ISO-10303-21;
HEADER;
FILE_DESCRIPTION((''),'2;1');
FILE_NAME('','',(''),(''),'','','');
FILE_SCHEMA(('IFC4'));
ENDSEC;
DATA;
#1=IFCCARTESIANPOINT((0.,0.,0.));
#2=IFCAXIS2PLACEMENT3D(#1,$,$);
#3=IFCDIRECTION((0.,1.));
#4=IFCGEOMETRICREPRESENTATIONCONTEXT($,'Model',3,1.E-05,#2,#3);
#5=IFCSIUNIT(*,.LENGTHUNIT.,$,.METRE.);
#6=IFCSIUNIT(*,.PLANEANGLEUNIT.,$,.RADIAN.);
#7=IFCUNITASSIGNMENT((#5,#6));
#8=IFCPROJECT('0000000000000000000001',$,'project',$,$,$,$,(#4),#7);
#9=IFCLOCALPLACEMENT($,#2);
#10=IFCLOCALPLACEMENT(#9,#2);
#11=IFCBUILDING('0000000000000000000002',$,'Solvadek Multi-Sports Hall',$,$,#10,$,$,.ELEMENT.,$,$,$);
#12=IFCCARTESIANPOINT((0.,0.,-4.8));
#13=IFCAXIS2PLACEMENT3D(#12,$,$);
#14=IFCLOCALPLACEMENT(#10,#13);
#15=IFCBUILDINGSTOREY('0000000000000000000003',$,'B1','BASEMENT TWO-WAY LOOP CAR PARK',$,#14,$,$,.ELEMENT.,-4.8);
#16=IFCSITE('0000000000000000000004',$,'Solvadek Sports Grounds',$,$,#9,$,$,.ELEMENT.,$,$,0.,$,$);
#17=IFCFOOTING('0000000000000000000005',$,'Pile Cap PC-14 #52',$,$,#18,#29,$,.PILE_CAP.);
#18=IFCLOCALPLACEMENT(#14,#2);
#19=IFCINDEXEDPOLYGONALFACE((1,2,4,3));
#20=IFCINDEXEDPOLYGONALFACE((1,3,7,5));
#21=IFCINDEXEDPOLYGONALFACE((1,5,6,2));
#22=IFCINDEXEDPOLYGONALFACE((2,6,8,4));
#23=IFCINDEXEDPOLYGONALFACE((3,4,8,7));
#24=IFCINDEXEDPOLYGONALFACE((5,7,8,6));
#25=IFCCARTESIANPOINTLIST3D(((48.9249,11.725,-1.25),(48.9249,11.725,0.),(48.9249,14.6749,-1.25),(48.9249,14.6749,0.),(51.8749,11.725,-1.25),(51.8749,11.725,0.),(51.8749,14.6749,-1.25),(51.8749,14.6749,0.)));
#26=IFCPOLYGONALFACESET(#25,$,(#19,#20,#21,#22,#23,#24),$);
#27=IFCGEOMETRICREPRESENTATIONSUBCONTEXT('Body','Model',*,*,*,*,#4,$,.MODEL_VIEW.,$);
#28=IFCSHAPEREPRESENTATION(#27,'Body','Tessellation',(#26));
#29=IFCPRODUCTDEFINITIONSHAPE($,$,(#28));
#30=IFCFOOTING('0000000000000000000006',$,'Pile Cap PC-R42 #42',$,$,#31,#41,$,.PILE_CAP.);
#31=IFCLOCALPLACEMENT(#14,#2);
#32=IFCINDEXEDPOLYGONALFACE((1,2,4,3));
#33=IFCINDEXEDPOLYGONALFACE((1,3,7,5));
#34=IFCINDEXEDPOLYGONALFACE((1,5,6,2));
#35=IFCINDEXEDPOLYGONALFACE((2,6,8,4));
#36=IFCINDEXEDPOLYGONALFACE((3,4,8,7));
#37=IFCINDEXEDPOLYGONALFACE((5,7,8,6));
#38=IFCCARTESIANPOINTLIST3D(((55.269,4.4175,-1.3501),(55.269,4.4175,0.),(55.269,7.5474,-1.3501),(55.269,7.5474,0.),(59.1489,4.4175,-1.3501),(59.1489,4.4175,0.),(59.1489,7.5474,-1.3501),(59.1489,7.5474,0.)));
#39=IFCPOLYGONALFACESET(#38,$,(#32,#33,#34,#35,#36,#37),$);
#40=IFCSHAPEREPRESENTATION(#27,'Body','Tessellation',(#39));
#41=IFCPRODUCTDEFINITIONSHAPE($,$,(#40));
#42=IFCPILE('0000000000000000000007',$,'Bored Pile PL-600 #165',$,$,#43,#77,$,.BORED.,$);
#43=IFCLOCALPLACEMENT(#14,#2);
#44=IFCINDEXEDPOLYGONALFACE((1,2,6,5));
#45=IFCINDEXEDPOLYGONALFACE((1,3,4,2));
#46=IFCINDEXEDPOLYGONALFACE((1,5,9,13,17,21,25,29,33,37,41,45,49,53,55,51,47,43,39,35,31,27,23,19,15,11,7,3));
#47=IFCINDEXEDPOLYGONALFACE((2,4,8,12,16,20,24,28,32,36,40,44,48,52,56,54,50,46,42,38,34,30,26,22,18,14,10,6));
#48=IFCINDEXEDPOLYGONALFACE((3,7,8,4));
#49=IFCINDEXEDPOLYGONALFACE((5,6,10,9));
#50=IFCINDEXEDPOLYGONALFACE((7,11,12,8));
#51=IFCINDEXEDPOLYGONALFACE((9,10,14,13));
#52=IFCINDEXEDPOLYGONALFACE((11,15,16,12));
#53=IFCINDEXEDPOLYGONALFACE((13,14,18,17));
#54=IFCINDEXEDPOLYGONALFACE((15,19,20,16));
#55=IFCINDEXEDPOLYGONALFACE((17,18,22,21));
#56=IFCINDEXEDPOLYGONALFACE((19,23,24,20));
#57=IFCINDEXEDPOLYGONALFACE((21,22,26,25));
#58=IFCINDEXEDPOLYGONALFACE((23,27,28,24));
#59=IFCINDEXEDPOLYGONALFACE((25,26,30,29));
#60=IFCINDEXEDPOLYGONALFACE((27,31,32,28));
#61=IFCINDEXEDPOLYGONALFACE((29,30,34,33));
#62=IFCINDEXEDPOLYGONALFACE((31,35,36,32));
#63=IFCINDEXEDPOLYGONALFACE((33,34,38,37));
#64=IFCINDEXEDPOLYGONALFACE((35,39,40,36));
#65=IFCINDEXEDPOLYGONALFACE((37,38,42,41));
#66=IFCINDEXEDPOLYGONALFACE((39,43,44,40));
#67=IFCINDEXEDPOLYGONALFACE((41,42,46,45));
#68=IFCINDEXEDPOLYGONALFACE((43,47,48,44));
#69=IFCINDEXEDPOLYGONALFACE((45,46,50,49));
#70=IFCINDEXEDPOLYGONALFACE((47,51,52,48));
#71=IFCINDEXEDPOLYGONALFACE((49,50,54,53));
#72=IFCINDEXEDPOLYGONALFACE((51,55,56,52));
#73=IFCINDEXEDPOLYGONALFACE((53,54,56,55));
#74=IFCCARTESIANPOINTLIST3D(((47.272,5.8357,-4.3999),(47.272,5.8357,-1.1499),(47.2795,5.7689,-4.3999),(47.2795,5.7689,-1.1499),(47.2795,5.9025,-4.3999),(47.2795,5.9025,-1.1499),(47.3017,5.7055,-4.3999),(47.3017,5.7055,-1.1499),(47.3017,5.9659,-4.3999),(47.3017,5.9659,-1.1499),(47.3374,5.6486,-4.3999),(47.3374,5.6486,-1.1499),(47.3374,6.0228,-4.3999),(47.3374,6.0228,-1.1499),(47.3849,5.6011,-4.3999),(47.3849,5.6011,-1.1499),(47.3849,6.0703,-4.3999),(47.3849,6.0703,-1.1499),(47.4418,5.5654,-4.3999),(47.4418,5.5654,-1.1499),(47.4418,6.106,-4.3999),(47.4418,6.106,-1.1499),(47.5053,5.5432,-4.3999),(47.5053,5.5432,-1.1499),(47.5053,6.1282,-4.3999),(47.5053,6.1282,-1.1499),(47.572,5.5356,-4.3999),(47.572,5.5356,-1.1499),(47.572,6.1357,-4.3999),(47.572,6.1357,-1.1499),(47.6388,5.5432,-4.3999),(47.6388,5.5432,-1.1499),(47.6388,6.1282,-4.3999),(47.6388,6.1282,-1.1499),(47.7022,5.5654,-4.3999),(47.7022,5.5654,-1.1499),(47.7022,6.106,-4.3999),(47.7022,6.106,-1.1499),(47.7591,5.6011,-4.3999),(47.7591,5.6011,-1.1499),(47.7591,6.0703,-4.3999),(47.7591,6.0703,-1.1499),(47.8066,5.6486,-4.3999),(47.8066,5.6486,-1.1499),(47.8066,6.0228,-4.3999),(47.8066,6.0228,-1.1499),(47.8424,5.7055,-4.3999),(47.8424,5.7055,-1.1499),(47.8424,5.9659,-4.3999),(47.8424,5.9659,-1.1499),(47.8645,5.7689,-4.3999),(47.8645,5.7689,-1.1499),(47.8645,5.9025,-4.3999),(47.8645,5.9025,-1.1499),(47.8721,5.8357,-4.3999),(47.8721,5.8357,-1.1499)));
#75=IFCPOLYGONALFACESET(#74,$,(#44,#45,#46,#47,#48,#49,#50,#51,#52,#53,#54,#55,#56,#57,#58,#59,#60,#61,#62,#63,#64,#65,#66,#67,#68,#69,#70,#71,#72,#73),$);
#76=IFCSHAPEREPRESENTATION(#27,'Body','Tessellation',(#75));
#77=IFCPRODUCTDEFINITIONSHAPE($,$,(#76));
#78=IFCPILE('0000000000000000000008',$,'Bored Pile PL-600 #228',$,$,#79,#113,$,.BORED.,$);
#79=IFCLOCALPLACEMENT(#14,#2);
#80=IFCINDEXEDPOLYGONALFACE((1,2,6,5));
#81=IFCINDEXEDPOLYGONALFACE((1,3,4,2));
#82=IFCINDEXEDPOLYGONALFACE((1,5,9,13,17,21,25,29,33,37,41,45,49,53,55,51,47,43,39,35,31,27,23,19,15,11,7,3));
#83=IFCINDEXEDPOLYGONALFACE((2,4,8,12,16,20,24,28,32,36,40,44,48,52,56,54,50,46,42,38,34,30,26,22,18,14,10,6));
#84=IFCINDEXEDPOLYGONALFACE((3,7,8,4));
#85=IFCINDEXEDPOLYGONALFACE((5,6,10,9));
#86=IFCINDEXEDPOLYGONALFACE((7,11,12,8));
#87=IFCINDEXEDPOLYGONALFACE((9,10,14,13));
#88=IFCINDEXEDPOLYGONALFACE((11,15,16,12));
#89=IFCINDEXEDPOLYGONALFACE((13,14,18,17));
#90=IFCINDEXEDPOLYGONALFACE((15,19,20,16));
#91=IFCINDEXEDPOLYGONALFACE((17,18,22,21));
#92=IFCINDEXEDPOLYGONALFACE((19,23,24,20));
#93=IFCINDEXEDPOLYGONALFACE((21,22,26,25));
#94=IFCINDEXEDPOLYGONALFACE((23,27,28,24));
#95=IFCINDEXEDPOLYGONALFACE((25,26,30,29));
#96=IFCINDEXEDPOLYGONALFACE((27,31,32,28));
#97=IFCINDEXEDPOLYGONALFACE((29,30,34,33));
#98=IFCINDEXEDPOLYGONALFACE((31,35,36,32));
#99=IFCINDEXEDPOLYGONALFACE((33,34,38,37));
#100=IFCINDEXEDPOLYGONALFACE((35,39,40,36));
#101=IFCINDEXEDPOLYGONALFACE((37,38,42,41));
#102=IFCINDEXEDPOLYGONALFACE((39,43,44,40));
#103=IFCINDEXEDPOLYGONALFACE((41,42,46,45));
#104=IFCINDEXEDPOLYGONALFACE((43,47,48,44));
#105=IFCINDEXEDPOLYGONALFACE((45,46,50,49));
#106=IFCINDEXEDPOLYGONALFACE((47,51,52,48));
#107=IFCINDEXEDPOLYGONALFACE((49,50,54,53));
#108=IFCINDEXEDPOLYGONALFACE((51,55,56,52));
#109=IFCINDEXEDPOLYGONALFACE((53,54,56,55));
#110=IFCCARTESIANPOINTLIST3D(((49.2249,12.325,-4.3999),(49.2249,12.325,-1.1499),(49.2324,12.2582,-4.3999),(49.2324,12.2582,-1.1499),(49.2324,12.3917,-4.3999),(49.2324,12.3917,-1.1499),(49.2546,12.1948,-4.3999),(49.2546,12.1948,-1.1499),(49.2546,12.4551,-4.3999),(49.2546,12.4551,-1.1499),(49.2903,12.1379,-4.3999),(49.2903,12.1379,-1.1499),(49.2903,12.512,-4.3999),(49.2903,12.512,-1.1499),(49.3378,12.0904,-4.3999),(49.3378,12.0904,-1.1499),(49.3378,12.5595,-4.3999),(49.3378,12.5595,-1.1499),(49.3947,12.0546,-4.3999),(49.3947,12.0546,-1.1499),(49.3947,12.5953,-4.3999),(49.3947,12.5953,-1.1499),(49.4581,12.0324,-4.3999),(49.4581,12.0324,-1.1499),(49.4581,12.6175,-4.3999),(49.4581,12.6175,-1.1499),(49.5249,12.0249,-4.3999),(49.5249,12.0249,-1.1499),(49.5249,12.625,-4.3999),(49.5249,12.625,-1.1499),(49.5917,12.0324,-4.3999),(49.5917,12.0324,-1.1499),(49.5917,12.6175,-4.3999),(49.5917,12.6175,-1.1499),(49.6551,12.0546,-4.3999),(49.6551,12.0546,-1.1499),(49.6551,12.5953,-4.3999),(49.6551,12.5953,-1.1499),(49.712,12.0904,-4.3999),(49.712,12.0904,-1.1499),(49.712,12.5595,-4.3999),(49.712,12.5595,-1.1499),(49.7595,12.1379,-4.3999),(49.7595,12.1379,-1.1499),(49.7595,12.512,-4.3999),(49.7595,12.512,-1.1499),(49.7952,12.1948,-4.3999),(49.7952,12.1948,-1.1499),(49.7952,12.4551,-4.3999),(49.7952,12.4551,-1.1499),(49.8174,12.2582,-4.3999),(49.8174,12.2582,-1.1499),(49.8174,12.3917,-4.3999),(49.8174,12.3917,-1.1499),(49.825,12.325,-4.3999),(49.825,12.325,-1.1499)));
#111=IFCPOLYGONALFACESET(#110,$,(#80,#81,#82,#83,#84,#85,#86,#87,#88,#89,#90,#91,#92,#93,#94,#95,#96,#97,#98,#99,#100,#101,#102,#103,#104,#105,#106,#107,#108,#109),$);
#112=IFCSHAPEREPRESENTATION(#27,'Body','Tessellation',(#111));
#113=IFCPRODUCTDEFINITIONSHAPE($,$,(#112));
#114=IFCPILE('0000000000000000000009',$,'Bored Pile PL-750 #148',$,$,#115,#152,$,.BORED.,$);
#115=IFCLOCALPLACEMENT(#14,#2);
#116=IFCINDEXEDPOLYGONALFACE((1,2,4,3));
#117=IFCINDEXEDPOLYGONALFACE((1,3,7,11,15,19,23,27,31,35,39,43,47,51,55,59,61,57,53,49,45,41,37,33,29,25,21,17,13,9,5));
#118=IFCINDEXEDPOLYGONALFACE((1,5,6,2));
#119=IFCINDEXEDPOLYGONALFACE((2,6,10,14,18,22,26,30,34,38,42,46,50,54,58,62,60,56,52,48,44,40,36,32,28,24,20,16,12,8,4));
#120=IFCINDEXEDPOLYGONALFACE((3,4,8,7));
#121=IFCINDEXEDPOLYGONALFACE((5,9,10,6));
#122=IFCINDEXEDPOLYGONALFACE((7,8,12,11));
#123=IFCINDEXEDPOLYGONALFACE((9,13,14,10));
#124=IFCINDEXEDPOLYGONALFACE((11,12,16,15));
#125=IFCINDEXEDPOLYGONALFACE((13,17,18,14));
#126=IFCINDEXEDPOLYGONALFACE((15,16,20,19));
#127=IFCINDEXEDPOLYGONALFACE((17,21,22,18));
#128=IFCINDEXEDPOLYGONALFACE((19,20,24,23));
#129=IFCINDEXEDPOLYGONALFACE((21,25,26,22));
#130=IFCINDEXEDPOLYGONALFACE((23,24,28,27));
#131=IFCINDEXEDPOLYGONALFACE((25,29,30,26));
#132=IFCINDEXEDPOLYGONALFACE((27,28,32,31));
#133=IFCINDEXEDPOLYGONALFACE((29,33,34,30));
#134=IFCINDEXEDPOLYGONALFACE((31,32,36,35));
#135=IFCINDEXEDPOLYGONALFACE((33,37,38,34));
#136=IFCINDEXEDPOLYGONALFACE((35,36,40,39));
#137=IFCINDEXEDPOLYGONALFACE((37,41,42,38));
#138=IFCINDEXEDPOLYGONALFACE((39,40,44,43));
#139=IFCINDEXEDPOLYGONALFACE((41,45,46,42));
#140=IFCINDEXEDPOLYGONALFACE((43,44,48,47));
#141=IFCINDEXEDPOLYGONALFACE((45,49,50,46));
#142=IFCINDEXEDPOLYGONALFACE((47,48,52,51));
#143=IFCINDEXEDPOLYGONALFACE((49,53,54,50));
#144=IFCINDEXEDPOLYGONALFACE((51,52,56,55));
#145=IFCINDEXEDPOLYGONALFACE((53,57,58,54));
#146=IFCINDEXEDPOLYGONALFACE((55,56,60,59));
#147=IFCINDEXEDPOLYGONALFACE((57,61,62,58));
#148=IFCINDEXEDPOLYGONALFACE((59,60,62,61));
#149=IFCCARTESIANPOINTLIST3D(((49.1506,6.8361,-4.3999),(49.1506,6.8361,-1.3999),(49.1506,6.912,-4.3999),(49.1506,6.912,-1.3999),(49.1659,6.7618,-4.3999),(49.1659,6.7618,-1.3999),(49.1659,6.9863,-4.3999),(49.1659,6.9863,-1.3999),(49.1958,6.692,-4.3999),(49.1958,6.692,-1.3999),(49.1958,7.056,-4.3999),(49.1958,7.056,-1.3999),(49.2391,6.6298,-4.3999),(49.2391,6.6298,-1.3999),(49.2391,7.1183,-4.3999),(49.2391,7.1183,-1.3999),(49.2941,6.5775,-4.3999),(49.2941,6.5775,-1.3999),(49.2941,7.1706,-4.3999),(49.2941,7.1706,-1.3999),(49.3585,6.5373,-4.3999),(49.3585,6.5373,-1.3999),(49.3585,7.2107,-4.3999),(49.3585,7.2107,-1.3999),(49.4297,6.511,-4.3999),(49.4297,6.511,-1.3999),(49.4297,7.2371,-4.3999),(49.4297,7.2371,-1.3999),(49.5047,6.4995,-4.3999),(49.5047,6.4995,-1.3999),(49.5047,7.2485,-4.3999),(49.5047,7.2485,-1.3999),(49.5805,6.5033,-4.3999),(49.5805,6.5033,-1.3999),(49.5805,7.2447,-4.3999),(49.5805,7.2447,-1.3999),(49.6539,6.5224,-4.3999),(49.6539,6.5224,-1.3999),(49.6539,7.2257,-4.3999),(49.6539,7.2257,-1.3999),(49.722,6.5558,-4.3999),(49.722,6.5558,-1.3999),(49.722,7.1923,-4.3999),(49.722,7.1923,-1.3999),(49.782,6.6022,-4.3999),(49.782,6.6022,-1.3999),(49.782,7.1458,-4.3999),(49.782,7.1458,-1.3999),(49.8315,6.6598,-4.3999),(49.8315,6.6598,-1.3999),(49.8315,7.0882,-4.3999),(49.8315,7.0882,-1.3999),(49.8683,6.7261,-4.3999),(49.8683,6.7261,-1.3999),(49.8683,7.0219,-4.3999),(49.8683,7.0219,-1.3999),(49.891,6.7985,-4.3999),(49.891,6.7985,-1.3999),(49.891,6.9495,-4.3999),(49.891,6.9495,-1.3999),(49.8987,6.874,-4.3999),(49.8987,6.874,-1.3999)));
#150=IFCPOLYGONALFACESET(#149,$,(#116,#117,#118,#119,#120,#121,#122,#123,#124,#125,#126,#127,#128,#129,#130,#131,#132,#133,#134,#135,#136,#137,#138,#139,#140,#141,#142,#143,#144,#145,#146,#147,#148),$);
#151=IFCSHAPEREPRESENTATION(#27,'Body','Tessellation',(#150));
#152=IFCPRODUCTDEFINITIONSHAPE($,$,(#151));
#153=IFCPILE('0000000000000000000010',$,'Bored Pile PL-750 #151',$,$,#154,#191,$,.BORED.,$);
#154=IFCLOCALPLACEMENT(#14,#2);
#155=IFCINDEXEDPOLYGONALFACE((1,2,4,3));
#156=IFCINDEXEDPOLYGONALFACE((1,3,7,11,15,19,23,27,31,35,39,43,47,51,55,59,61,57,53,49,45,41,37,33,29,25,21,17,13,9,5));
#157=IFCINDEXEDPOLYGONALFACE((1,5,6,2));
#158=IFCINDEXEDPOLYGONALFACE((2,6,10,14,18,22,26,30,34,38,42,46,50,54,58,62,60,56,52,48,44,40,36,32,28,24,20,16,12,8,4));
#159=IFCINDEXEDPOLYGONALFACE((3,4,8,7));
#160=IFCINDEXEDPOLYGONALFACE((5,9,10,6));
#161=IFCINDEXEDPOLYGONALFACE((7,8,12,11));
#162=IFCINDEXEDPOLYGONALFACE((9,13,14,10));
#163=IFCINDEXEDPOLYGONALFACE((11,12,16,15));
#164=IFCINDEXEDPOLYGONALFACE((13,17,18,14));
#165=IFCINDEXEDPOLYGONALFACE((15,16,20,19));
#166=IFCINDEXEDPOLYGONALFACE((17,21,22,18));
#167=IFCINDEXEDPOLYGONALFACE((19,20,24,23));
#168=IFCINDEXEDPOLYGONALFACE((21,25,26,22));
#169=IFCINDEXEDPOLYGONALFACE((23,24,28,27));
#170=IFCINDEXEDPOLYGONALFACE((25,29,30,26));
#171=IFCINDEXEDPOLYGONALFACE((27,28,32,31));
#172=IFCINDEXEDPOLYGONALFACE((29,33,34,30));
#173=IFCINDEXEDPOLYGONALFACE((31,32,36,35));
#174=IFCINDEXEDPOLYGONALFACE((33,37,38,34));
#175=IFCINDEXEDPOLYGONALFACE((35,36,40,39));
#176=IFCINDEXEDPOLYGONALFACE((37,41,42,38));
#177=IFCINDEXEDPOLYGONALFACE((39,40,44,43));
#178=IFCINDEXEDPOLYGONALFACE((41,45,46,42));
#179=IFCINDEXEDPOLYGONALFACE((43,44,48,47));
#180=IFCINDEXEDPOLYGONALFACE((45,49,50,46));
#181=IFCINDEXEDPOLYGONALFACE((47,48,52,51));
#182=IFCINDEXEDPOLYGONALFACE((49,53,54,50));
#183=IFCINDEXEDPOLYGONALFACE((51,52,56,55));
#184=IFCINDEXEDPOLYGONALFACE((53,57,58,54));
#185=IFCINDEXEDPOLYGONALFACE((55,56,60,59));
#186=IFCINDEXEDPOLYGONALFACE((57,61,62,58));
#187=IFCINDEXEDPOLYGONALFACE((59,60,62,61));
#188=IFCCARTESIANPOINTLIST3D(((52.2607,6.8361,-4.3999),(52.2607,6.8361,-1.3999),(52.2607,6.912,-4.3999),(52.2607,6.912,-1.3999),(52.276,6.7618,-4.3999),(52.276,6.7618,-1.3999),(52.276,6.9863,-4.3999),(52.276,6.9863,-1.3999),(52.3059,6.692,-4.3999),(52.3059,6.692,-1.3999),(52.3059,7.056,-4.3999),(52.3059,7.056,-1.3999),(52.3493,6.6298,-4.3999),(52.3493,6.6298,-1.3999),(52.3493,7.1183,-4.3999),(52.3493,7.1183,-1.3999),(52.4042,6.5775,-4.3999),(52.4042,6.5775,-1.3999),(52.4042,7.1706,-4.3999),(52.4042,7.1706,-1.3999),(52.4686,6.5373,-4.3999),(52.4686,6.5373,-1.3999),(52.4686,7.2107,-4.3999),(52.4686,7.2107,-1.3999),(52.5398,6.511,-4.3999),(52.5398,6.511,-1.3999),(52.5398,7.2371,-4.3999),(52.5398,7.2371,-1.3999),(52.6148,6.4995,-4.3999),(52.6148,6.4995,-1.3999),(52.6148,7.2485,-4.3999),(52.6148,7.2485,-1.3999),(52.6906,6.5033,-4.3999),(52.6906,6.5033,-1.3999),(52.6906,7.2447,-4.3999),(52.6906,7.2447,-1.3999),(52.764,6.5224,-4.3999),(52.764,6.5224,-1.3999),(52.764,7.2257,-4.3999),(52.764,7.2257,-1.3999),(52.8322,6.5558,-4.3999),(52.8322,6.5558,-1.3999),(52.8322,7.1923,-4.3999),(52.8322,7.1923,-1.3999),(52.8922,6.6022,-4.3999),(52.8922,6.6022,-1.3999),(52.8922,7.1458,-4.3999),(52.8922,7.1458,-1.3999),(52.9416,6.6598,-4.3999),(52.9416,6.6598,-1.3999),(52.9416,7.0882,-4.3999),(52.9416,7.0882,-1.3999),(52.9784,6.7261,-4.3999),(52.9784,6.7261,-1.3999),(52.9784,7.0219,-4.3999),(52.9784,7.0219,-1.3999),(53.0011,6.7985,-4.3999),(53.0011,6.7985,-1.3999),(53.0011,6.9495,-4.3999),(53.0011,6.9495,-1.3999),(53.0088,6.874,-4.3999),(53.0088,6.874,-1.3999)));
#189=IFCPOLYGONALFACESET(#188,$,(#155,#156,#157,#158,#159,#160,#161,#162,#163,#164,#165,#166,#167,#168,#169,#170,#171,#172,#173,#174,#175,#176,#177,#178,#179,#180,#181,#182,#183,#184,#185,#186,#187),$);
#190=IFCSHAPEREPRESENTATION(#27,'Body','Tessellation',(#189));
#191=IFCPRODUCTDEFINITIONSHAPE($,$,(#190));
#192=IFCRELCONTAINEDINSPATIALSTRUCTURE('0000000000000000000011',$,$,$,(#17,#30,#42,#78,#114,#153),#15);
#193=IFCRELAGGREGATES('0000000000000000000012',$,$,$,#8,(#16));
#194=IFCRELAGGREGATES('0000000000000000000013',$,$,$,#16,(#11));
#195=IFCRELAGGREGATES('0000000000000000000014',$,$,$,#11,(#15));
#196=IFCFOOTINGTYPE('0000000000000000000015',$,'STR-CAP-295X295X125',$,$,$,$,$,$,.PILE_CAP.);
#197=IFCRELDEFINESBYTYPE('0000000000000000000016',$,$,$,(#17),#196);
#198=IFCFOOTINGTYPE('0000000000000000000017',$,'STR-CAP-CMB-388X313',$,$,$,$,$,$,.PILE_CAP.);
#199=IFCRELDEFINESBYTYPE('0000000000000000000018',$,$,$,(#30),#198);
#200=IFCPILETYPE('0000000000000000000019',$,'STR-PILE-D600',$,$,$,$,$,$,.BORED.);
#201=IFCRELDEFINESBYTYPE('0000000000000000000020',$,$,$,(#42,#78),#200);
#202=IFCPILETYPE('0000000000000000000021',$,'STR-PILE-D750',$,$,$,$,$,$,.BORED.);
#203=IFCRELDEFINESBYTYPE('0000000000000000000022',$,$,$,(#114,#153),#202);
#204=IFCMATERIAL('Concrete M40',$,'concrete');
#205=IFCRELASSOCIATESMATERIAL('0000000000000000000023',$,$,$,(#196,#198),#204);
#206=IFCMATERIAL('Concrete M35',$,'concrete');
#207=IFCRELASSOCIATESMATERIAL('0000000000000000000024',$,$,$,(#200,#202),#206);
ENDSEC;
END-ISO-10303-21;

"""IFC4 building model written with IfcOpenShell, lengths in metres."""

from ifc_helpers import new_model, si_unit, direction, frame, origin, origin_2d, place, context, subcontext, project, spatial, rectangle, circle, extrude, material, material_profile, profile_set, type_object, element, save


model = new_model("IFC4")

# Units and contexts
model_context = context("Model", 3, precision=1e-05, world=origin(), true_north=direction((0.0, 1.0)))
body_context = subcontext(model_context, "Body", "Model", "MODEL_VIEW")
ifc_project = project(units=[si_unit("LENGTHUNIT", "METRE"), si_unit("PLANEANGLEUNIT", "RADIAN")], contexts=[model_context])

# Site, building, storey
site_placement = place(None, origin())
site = spatial("IfcSite", under=ifc_project, at=site_placement, Name="Solvadek Sports Grounds", CompositionType="ELEMENT", RefElevation=0.0)
building_placement = place(site_placement, origin())
building = spatial("IfcBuilding", under=site, at=building_placement, Name="Solvadek Multi-Sports Hall", CompositionType="ELEMENT")
storey_placement = place(building_placement, frame((0.0, 0.0, -4.8)))
storey = spatial("IfcBuildingStorey", under=building, at=storey_placement, Name="B1", Description="BASEMENT TWO-WAY LOOP CAR PARK", CompositionType="ELEMENT", Elevation=-4.8)

# Footings
ifc_material_1 = material(Name="Concrete M40", Category="concrete")
footing_type_1 = type_object("IfcFootingType", Name="STR-CAP-295X295X125", PredefinedType="PILE_CAP", material=ifc_material_1)
footing_1_placement = place(storey_placement, frame((50.3999, 13.2, -1.25), z_axis=(0.0, 0.0, 1.0), x_axis=(1.0, 0.0, 0.0)))
element("IfcFooting", 1, at=footing_1_placement, inside=storey, type_object=footing_type_1, Name="Pile Cap PC-14 #52", PredefinedType="PILE_CAP", context=body_context, shape_type="SweptSolid", body=[
    extrude(rectangle(XDim=2.95, YDim=2.95, at=origin_2d()), origin(), (0.0, 0.0, 1.0), 1.25),
])
footing_type_2 = type_object("IfcFootingType", Name="STR-CAP-CMB-388X313", PredefinedType="PILE_CAP", material=ifc_material_1)
footing_2_placement = place(storey_placement, frame((57.209, 5.9824, -1.3501), z_axis=(0.0, 0.0, 1.0), x_axis=(1.0, 0.0, 0.0)))
element("IfcFooting", 2, at=footing_2_placement, inside=storey, type_object=footing_type_2, Name="Pile Cap PC-R42 #42", PredefinedType="PILE_CAP", context=body_context, shape_type="SweptSolid", body=[
    extrude(rectangle(XDim=3.8799, YDim=3.1299, at=origin_2d()), origin(), (0.0, 0.0, 1.0), 1.3501),
])

# Piles
ifc_material_2 = material(Name="Concrete M35", Category="concrete")
ifc_material_profile_1 = material_profile(ifc_material_2, circle(Radius=0.3, at=origin_2d()), Name="BORED PILE D600")
ifc_profile_set_1 = profile_set([ifc_material_profile_1], Name="Concrete M35")
pile_type_1 = type_object("IfcPileType", Name="STR-PILE-D600", PredefinedType="BORED", material=ifc_profile_set_1)
for number, where, z_axis, x_axis, name in (
    (3, (47.572, 5.8357, -1.1499), (0.0, 0.0, -1.0), (1.0, 0.0, 0.0), "Bored Pile PL-600 #165"),
    (4, (49.5249, 12.325, -1.1499), (0.0, 0.0, -1.0), (1.0, 0.0, 0.0), "Bored Pile PL-600 #228"),
):
    element("IfcPile", number, at=place(storey_placement, frame(where, z_axis=z_axis, x_axis=x_axis)), inside=storey, type_object=pile_type_1, Name=name, PredefinedType="BORED", context=body_context, shape_type="SweptSolid", body=[
        extrude(circle(Radius=0.3, at=origin_2d()), origin(), (0.0, 0.0, 1.0), 3.25),
    ])
ifc_material_profile_2 = material_profile(ifc_material_2, circle(Radius=0.375, at=origin_2d()), Name="BORED PILE D750")
ifc_profile_set_2 = profile_set([ifc_material_profile_2], Name="Concrete M35")
pile_type_2 = type_object("IfcPileType", Name="STR-PILE-D750", PredefinedType="BORED", material=ifc_profile_set_2)
for number, where, z_axis, x_axis, name in (
    (5, (49.5237, 6.874, -1.3999), (0.0, 0.0, -1.0), (1.0, 0.0, 0.0), "Bored Pile PL-750 #148"),
    (6, (52.6338, 6.874, -1.3999), (0.0, 0.0, -1.0), (1.0, 0.0, 0.0), "Bored Pile PL-750 #151"),
):
    element("IfcPile", number, at=place(storey_placement, frame(where, z_axis=z_axis, x_axis=x_axis)), inside=storey, type_object=pile_type_2, Name=name, PredefinedType="BORED", context=body_context, shape_type="SweptSolid", body=[
        extrude(circle(Radius=0.375, at=origin_2d()), origin(), (0.0, 0.0, 1.0), 3.0),
    ])

save(model, "model.ifc")
